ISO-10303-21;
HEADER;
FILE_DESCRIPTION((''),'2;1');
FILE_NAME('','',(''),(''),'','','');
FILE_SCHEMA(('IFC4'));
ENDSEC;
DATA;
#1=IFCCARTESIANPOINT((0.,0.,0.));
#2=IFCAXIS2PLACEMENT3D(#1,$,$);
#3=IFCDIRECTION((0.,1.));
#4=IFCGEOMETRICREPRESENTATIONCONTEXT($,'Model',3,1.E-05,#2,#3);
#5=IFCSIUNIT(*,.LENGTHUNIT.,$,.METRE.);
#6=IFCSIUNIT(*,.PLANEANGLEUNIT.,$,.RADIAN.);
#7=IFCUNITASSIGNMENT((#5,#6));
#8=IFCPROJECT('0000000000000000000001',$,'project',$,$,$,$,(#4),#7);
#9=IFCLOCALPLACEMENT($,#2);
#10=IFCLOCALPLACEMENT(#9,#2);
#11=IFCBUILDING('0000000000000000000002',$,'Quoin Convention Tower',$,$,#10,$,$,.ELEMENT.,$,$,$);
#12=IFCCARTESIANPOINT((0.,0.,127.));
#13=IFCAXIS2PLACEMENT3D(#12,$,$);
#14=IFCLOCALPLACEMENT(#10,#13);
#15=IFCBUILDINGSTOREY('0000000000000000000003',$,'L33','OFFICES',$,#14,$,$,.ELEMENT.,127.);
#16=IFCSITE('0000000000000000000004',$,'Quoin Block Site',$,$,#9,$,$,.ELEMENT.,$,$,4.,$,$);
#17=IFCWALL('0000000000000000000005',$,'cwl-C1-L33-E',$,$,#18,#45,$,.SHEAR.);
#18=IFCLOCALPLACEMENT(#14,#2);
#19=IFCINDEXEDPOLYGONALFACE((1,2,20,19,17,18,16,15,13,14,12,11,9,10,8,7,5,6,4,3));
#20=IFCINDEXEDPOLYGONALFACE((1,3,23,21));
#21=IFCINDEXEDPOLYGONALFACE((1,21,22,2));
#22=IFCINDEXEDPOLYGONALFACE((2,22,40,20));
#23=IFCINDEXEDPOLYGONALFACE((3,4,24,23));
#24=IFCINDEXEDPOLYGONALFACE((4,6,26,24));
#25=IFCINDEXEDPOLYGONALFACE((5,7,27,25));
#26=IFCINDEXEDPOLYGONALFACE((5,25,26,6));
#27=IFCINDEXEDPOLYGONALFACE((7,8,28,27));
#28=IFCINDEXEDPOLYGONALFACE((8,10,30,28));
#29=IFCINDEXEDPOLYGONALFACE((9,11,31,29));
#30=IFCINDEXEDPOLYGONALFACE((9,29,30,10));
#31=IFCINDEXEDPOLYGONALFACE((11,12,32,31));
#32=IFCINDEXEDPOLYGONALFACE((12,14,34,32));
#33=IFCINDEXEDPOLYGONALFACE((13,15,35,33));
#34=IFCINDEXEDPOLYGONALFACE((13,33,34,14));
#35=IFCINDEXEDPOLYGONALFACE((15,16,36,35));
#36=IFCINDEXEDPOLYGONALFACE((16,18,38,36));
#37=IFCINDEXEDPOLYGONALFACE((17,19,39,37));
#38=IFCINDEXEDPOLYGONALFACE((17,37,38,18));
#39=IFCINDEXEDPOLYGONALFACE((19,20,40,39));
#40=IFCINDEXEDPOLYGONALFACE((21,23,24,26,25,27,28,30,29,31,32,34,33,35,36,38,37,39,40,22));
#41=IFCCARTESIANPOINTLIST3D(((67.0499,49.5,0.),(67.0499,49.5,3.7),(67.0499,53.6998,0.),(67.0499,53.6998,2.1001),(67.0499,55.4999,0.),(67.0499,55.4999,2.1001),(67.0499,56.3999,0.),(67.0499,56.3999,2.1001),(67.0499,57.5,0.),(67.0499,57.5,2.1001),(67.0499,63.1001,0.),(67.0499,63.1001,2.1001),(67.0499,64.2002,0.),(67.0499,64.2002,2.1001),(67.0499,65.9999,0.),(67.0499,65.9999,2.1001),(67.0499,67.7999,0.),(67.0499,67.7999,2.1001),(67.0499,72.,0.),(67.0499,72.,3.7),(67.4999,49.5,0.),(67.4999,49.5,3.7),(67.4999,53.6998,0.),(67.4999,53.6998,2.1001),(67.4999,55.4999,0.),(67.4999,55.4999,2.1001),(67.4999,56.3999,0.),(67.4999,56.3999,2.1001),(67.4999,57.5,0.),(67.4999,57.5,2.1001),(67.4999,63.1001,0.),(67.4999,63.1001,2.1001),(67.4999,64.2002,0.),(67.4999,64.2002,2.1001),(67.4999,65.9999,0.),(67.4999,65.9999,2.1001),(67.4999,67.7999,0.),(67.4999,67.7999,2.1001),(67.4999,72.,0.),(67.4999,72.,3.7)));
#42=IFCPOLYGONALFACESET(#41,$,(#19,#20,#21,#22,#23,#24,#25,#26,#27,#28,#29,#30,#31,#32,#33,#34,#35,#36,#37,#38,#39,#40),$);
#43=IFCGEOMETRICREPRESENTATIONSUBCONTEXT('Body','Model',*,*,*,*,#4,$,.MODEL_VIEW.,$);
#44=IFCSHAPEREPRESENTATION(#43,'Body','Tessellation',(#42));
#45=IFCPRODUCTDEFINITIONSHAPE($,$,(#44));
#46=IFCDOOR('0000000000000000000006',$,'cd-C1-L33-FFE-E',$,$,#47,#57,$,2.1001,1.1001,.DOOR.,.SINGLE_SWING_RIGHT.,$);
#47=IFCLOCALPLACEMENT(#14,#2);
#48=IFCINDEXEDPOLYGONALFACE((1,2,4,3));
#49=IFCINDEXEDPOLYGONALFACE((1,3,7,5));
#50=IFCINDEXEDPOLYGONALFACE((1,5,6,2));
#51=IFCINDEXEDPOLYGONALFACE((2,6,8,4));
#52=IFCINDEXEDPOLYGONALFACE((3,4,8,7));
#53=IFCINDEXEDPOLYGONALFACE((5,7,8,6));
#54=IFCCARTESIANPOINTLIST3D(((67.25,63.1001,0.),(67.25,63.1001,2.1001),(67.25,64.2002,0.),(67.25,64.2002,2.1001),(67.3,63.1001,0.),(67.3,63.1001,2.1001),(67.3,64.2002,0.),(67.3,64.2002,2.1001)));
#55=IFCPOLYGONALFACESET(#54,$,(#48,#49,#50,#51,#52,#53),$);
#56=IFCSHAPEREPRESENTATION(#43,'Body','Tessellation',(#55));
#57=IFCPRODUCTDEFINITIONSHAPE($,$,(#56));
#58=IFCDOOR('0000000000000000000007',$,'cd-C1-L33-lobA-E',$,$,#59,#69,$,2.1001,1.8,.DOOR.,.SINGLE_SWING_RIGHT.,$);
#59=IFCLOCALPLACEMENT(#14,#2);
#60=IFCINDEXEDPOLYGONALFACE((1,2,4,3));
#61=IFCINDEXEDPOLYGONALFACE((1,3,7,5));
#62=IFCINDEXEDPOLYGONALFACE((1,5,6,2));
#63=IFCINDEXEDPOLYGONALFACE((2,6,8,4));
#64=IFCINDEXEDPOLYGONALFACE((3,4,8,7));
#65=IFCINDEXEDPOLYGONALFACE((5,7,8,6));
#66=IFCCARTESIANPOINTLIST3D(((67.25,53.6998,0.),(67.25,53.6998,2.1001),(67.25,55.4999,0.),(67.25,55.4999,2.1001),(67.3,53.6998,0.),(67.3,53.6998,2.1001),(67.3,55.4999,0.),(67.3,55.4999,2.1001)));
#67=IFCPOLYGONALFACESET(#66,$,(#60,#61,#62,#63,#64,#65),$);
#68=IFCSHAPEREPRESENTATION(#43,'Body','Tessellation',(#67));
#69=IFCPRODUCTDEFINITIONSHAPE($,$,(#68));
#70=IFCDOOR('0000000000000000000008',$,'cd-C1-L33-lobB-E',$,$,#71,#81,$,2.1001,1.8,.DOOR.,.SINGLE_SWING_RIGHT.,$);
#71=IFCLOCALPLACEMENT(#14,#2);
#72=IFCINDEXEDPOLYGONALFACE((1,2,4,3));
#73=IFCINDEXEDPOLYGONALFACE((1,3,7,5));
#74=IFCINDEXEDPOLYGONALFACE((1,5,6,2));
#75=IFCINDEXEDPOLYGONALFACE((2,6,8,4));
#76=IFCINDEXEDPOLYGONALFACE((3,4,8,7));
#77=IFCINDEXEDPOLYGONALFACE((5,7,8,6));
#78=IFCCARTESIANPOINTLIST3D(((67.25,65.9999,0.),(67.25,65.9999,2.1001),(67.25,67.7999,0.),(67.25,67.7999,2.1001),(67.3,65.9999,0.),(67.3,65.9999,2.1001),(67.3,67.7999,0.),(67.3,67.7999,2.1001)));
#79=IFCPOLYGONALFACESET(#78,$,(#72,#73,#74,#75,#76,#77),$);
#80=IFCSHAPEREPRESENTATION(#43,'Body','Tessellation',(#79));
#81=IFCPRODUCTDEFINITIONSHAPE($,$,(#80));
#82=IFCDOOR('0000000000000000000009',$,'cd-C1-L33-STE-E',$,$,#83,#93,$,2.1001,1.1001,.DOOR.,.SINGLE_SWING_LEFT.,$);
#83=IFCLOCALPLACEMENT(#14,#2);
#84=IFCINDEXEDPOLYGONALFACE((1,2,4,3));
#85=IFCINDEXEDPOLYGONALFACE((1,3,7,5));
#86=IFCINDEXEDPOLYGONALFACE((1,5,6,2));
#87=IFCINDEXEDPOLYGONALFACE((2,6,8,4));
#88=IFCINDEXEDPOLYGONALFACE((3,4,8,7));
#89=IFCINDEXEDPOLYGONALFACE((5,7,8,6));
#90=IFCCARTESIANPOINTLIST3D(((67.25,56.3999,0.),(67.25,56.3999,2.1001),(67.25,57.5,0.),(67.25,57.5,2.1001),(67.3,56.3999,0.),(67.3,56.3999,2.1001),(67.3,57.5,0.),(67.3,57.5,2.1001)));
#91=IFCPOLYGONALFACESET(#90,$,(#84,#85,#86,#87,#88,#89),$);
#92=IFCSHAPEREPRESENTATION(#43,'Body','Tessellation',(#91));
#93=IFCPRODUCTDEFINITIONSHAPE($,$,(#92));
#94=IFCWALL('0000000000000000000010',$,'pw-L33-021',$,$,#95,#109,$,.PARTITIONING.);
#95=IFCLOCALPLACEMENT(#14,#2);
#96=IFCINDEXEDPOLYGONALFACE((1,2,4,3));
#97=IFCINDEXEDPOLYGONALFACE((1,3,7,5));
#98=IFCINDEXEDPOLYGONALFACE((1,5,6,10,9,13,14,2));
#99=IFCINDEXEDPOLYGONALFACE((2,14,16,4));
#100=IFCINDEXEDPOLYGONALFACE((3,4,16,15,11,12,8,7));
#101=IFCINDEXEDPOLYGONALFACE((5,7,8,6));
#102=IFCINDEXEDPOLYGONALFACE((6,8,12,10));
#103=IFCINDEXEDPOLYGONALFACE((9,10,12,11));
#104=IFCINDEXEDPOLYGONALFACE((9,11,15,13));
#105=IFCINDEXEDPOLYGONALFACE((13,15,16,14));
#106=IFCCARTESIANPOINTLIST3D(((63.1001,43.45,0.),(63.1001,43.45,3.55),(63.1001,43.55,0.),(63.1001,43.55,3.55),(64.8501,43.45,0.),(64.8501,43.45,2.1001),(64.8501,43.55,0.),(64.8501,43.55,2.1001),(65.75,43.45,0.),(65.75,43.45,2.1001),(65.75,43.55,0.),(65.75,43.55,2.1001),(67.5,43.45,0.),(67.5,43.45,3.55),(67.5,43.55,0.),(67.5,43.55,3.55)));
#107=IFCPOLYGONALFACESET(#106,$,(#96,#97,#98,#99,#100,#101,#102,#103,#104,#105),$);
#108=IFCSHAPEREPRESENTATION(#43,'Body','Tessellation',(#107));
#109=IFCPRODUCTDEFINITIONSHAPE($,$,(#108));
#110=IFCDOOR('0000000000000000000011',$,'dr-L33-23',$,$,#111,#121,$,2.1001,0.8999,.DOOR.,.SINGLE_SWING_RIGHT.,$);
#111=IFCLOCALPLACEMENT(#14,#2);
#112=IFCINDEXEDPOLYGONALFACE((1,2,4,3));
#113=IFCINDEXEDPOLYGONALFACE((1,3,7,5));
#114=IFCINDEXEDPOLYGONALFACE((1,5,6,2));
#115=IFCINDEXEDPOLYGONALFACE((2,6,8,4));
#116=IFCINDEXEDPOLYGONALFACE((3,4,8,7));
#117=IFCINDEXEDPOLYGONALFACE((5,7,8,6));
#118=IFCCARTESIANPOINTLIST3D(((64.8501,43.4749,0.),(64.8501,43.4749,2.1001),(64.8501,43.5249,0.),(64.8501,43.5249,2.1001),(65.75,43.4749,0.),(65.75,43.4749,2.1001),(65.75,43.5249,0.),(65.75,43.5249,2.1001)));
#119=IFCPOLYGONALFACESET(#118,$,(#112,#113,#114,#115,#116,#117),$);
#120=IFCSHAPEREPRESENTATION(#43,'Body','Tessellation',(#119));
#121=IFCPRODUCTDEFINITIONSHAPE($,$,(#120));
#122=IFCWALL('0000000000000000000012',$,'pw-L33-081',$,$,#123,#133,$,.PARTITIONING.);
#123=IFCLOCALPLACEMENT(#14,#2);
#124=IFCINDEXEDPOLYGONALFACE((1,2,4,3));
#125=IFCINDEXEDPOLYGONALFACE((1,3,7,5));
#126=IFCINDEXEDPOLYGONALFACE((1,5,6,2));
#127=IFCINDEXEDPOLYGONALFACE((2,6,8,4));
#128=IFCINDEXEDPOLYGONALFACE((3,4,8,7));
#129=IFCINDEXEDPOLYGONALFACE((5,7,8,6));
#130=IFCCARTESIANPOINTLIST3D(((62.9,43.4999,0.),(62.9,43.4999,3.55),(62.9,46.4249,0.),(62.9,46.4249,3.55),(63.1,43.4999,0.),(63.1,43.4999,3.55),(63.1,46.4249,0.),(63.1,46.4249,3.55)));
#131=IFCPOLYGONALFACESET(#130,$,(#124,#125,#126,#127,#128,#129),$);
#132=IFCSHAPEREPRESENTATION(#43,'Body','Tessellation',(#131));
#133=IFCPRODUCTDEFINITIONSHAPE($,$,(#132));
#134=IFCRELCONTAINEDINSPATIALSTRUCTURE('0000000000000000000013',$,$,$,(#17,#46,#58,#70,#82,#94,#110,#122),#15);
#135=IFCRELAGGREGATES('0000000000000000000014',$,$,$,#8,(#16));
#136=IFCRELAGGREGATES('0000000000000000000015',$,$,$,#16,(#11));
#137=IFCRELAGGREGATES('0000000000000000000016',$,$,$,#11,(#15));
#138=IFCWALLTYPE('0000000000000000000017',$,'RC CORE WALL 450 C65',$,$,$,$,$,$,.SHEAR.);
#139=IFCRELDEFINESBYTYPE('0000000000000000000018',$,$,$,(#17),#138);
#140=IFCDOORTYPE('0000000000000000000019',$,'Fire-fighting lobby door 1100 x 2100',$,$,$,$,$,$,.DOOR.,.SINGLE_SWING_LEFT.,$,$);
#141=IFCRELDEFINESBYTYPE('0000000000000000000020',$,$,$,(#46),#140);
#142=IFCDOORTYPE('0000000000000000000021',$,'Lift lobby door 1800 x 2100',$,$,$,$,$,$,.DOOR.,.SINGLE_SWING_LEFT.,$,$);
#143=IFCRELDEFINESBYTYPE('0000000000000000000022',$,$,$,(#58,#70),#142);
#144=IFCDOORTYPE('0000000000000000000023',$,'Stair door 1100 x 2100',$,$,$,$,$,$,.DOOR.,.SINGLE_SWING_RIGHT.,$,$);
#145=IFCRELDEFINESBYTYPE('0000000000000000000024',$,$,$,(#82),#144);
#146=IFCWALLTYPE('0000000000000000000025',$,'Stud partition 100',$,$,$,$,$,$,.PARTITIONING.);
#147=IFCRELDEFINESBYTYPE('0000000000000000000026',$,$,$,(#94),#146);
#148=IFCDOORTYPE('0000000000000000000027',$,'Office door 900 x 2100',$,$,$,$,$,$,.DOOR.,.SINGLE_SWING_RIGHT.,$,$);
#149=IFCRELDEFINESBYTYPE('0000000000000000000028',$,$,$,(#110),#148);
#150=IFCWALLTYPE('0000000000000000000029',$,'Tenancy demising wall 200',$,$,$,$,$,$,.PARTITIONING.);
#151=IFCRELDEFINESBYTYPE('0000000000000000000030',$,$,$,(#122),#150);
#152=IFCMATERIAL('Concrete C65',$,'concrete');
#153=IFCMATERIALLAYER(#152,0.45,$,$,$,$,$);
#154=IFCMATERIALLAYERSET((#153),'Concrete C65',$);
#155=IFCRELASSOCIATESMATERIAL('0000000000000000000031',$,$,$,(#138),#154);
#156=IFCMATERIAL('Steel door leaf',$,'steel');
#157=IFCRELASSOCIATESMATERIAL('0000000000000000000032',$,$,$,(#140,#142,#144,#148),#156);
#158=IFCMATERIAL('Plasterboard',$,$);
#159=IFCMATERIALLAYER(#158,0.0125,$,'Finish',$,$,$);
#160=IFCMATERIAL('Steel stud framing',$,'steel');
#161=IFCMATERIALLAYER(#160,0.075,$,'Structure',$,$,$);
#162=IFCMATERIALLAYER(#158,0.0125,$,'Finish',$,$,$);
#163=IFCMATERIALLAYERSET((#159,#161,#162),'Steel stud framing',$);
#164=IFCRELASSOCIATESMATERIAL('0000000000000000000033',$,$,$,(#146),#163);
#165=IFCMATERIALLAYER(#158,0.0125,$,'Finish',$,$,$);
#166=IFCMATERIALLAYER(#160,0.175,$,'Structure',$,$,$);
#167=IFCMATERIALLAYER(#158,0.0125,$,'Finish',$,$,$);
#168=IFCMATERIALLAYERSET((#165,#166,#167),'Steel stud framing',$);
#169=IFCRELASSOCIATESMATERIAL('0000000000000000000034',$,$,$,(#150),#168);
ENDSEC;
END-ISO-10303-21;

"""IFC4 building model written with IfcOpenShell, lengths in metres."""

from ifc_helpers import new_model, si_unit, direction, frame, frame_2d, origin, place, context, subcontext, project, spatial, rectangle, extrude, material, layer, layer_set, type_object, element, fill, save


model = new_model("IFC4")

# Units and contexts
model_context = context("Model", 3, precision=1e-05, world=origin(), true_north=direction((0.0, 1.0)))
body_context = subcontext(model_context, "Body", "Model", "MODEL_VIEW")
ifc_project = project(units=[si_unit("LENGTHUNIT", "METRE"), si_unit("PLANEANGLEUNIT", "RADIAN")], contexts=[model_context])

# Site, building, storey
site_placement = place(None, origin())
site = spatial("IfcSite", under=ifc_project, at=site_placement, Name="Quoin Block Site", CompositionType="ELEMENT", RefElevation=4.0)
building_placement = place(site_placement, origin())
building = spatial("IfcBuilding", under=site, at=building_placement, Name="Quoin Convention Tower", CompositionType="ELEMENT")
storey_placement = place(building_placement, frame((0.0, 0.0, 127.0)))
storey = spatial("IfcBuildingStorey", under=building, at=storey_placement, Name="L33", Description="OFFICES", CompositionType="ELEMENT", Elevation=127.0)

# Shared definitions
ifc_material_1 = material(Name="Concrete C65", Category="concrete")

# Shared definitions
ifc_material_2 = material(Name="Plasterboard")
ifc_material_3 = material(Name="Steel stud framing", Category="steel")

# Shared definitions
ifc_material_4 = material(Name="Steel door leaf", Category="steel")

# Wall, openings, doors
ifc_layer_1 = layer(ifc_material_1, 0.45)
ifc_layer_set_1 = layer_set([ifc_layer_1], Name="Concrete C65")
wall_type_1 = type_object("IfcWallType", Name="RC CORE WALL 450 C65", PredefinedType="SHEAR", material=ifc_layer_set_1)
wall_1_placement = place(storey_placement, frame((67.2749, 49.5, 0.0), z_axis=(0.0, 0.0, 1.0), x_axis=(0.0, 1.0, 0.0)))
wall_1 = element("IfcWall", 1, at=wall_1_placement, inside=storey, type_object=wall_type_1, Name="cwl-C1-L33-E", PredefinedType="SHEAR", context=body_context, shape_type="SweptSolid", body=[
    extrude(rectangle(XDim=22.5, YDim=0.45, at=frame_2d((11.25, 0.0))), origin(), (0.0, 0.0, 1.0), 3.7),
])
opening_1_placement = place(wall_1_placement, frame((4.2, 0.0, 0.0)))
opening_1 = element("IfcOpeningElement", 2, at=opening_1_placement, cuts=wall_1, PredefinedType="OPENING", context=body_context, shape_type="SweptSolid", body=[
    extrude(rectangle(XDim=1.8, YDim=2.1001, at=frame_2d((0.8999, 1.05))), frame((0.0, 0.2349, 0.0), z_axis=(0.0, -1.0, 0.0), x_axis=(1.0, 0.0, 0.0)), (0.0, 0.0, 1.0), 0.47),
])
opening_2_placement = place(wall_1_placement, frame((6.8999, 0.0, 0.0)))
opening_2 = element("IfcOpeningElement", 3, at=opening_2_placement, cuts=wall_1, PredefinedType="OPENING", context=body_context, shape_type="SweptSolid", body=[
    extrude(rectangle(XDim=1.1001, YDim=2.1001, at=frame_2d((0.55, 1.05))), frame((0.0, 0.2349, 0.0), z_axis=(0.0, -1.0, 0.0), x_axis=(1.0, 0.0, 0.0)), (0.0, 0.0, 1.0), 0.47),
])
opening_3_placement = place(wall_1_placement, frame((13.6001, 0.0, 0.0)))
opening_3 = element("IfcOpeningElement", 4, at=opening_3_placement, cuts=wall_1, PredefinedType="OPENING", context=body_context, shape_type="SweptSolid", body=[
    extrude(rectangle(XDim=1.1001, YDim=2.1001, at=frame_2d((0.55, 1.05))), frame((0.0, 0.2349, 0.0), z_axis=(0.0, -1.0, 0.0), x_axis=(1.0, 0.0, 0.0)), (0.0, 0.0, 1.0), 0.47),
])
opening_4_placement = place(wall_1_placement, frame((16.5, 0.0, 0.0)))
opening_4 = element("IfcOpeningElement", 5, at=opening_4_placement, cuts=wall_1, PredefinedType="OPENING", context=body_context, shape_type="SweptSolid", body=[
    extrude(rectangle(XDim=1.8, YDim=2.1001, at=frame_2d((0.8999, 1.05))), frame((0.0, 0.2349, 0.0), z_axis=(0.0, -1.0, 0.0), x_axis=(1.0, 0.0, 0.0)), (0.0, 0.0, 1.0), 0.47),
])
door_type_1 = type_object("IfcDoorType", Name="Fire-fighting lobby door 1100 x 2100", OperationType="SINGLE_SWING_LEFT", PredefinedType="DOOR", material=ifc_material_4)
door_1_placement = place(opening_3_placement, origin())
door_1 = element("IfcDoor", 6, at=door_1_placement, inside=storey, type_object=door_type_1, Name="cd-C1-L33-FFE-E", OperationType="SINGLE_SWING_RIGHT", OverallHeight=2.1001, OverallWidth=1.1001, PredefinedType="DOOR", context=body_context, shape_type="SweptSolid", body=[
    extrude(rectangle(XDim=1.1001, YDim=2.1001, at=frame_2d((0.55, 1.05))), frame((0.0, 0.0249, 0.0), z_axis=(0.0, -1.0, 0.0), x_axis=(1.0, 0.0, 0.0)), (0.0, 0.0, 1.0), 0.05),
])
fill(opening_3, door_1)
door_type_2 = type_object("IfcDoorType", Name="Lift lobby door 1800 x 2100", OperationType="SINGLE_SWING_LEFT", PredefinedType="DOOR", material=ifc_material_4)
door_2_placement = place(opening_1_placement, origin())
door_2 = element("IfcDoor", 7, at=door_2_placement, inside=storey, type_object=door_type_2, Name="cd-C1-L33-lobA-E", OperationType="SINGLE_SWING_RIGHT", OverallHeight=2.1001, OverallWidth=1.8, PredefinedType="DOOR", context=body_context, shape_type="SweptSolid", body=[
    extrude(rectangle(XDim=1.8, YDim=2.1001, at=frame_2d((0.8999, 1.05))), frame((0.0, 0.0249, 0.0), z_axis=(0.0, -1.0, 0.0), x_axis=(1.0, 0.0, 0.0)), (0.0, 0.0, 1.0), 0.05),
])
fill(opening_1, door_2)
door_3_placement = place(opening_4_placement, origin())
door_3 = element("IfcDoor", 8, at=door_3_placement, inside=storey, type_object=door_type_2, Name="cd-C1-L33-lobB-E", OperationType="SINGLE_SWING_RIGHT", OverallHeight=2.1001, OverallWidth=1.8, PredefinedType="DOOR", context=body_context, shape_type="SweptSolid", body=[
    extrude(rectangle(XDim=1.8, YDim=2.1001, at=frame_2d((0.8999, 1.05))), frame((0.0, 0.0249, 0.0), z_axis=(0.0, -1.0, 0.0), x_axis=(1.0, 0.0, 0.0)), (0.0, 0.0, 1.0), 0.05),
])
fill(opening_4, door_3)
door_type_3 = type_object("IfcDoorType", Name="Stair door 1100 x 2100", OperationType="SINGLE_SWING_RIGHT", PredefinedType="DOOR", material=ifc_material_4)
door_4_placement = place(opening_2_placement, origin())
door_4 = element("IfcDoor", 9, at=door_4_placement, inside=storey, type_object=door_type_3, Name="cd-C1-L33-STE-E", OperationType="SINGLE_SWING_LEFT", OverallHeight=2.1001, OverallWidth=1.1001, PredefinedType="DOOR", context=body_context, shape_type="SweptSolid", body=[
    extrude(rectangle(XDim=1.1001, YDim=2.1001, at=frame_2d((0.55, 1.05))), frame((0.0, 0.0249, 0.0), z_axis=(0.0, -1.0, 0.0), x_axis=(1.0, 0.0, 0.0)), (0.0, 0.0, 1.0), 0.05),
])
fill(opening_2, door_4)

# Wall, opening, door
ifc_layer_2 = layer(ifc_material_2, 0.0125, Name="Finish")
ifc_layer_3 = layer(ifc_material_3, 0.075, Name="Structure")
ifc_layer_4 = layer(ifc_material_2, 0.0125, Name="Finish")
ifc_layer_set_2 = layer_set([ifc_layer_2, ifc_layer_3, ifc_layer_4], Name="Steel stud framing")
wall_type_2 = type_object("IfcWallType", Name="Stud partition 100", PredefinedType="PARTITIONING", material=ifc_layer_set_2)
wall_2_placement = place(storey_placement, frame((63.1001, 43.5, 0.0), z_axis=(0.0, 0.0, 1.0), x_axis=(1.0, 0.0, 0.0)))
wall_2 = element("IfcWall", 10, at=wall_2_placement, inside=storey, type_object=wall_type_2, Name="pw-L33-021", PredefinedType="PARTITIONING", context=body_context, shape_type="SweptSolid", body=[
    extrude(rectangle(XDim=4.3999, YDim=0.1001, at=frame_2d((2.2, 0.0))), origin(), (0.0, 0.0, 1.0), 3.55),
])
opening_5_placement = place(wall_2_placement, frame((1.75, 0.0, 0.0)))
opening_5 = element("IfcOpeningElement", 11, at=opening_5_placement, cuts=wall_2, PredefinedType="OPENING", context=body_context, shape_type="SweptSolid", body=[
    extrude(rectangle(XDim=0.8999, YDim=2.1001, at=frame_2d((0.45, 1.05))), frame((0.0, 0.0601, 0.0), z_axis=(0.0, -1.0, 0.0), x_axis=(1.0, 0.0, 0.0)), (0.0, 0.0, 1.0), 0.1201),
])
door_type_4 = type_object("IfcDoorType", Name="Office door 900 x 2100", OperationType="SINGLE_SWING_RIGHT", PredefinedType="DOOR", material=ifc_material_4)
door_5_placement = place(opening_5_placement, origin())
door_5 = element("IfcDoor", 12, at=door_5_placement, inside=storey, type_object=door_type_4, Name="dr-L33-23", OperationType="SINGLE_SWING_RIGHT", OverallHeight=2.1001, OverallWidth=0.8999, PredefinedType="DOOR", context=body_context, shape_type="SweptSolid", body=[
    extrude(rectangle(XDim=0.8999, YDim=2.1001, at=frame_2d((0.45, 1.05))), frame((0.0, 0.0249, 0.0), z_axis=(0.0, -1.0, 0.0), x_axis=(1.0, 0.0, 0.0)), (0.0, 0.0, 1.0), 0.05),
])
fill(opening_5, door_5)

# Wall
ifc_layer_5 = layer(ifc_material_2, 0.0125, Name="Finish")
ifc_layer_6 = layer(ifc_material_3, 0.175, Name="Structure")
ifc_layer_7 = layer(ifc_material_2, 0.0125, Name="Finish")
ifc_layer_set_3 = layer_set([ifc_layer_5, ifc_layer_6, ifc_layer_7], Name="Steel stud framing")
wall_type_3 = type_object("IfcWallType", Name="Tenancy demising wall 200", PredefinedType="PARTITIONING", material=ifc_layer_set_3)
wall_3_placement = place(storey_placement, frame((63.0, 43.5, 0.0), z_axis=(0.0, 0.0, 1.0), x_axis=(0.0, 1.0, 0.0)))
element("IfcWall", 13, at=wall_3_placement, inside=storey, type_object=wall_type_3, Name="pw-L33-081", PredefinedType="PARTITIONING", context=body_context, shape_type="SweptSolid", body=[
    extrude(rectangle(XDim=2.925, YDim=0.2, at=frame_2d((1.4624, 0.0))), origin(), (0.0, 0.0, 1.0), 3.55),
])

save(model, "model.ifc")
